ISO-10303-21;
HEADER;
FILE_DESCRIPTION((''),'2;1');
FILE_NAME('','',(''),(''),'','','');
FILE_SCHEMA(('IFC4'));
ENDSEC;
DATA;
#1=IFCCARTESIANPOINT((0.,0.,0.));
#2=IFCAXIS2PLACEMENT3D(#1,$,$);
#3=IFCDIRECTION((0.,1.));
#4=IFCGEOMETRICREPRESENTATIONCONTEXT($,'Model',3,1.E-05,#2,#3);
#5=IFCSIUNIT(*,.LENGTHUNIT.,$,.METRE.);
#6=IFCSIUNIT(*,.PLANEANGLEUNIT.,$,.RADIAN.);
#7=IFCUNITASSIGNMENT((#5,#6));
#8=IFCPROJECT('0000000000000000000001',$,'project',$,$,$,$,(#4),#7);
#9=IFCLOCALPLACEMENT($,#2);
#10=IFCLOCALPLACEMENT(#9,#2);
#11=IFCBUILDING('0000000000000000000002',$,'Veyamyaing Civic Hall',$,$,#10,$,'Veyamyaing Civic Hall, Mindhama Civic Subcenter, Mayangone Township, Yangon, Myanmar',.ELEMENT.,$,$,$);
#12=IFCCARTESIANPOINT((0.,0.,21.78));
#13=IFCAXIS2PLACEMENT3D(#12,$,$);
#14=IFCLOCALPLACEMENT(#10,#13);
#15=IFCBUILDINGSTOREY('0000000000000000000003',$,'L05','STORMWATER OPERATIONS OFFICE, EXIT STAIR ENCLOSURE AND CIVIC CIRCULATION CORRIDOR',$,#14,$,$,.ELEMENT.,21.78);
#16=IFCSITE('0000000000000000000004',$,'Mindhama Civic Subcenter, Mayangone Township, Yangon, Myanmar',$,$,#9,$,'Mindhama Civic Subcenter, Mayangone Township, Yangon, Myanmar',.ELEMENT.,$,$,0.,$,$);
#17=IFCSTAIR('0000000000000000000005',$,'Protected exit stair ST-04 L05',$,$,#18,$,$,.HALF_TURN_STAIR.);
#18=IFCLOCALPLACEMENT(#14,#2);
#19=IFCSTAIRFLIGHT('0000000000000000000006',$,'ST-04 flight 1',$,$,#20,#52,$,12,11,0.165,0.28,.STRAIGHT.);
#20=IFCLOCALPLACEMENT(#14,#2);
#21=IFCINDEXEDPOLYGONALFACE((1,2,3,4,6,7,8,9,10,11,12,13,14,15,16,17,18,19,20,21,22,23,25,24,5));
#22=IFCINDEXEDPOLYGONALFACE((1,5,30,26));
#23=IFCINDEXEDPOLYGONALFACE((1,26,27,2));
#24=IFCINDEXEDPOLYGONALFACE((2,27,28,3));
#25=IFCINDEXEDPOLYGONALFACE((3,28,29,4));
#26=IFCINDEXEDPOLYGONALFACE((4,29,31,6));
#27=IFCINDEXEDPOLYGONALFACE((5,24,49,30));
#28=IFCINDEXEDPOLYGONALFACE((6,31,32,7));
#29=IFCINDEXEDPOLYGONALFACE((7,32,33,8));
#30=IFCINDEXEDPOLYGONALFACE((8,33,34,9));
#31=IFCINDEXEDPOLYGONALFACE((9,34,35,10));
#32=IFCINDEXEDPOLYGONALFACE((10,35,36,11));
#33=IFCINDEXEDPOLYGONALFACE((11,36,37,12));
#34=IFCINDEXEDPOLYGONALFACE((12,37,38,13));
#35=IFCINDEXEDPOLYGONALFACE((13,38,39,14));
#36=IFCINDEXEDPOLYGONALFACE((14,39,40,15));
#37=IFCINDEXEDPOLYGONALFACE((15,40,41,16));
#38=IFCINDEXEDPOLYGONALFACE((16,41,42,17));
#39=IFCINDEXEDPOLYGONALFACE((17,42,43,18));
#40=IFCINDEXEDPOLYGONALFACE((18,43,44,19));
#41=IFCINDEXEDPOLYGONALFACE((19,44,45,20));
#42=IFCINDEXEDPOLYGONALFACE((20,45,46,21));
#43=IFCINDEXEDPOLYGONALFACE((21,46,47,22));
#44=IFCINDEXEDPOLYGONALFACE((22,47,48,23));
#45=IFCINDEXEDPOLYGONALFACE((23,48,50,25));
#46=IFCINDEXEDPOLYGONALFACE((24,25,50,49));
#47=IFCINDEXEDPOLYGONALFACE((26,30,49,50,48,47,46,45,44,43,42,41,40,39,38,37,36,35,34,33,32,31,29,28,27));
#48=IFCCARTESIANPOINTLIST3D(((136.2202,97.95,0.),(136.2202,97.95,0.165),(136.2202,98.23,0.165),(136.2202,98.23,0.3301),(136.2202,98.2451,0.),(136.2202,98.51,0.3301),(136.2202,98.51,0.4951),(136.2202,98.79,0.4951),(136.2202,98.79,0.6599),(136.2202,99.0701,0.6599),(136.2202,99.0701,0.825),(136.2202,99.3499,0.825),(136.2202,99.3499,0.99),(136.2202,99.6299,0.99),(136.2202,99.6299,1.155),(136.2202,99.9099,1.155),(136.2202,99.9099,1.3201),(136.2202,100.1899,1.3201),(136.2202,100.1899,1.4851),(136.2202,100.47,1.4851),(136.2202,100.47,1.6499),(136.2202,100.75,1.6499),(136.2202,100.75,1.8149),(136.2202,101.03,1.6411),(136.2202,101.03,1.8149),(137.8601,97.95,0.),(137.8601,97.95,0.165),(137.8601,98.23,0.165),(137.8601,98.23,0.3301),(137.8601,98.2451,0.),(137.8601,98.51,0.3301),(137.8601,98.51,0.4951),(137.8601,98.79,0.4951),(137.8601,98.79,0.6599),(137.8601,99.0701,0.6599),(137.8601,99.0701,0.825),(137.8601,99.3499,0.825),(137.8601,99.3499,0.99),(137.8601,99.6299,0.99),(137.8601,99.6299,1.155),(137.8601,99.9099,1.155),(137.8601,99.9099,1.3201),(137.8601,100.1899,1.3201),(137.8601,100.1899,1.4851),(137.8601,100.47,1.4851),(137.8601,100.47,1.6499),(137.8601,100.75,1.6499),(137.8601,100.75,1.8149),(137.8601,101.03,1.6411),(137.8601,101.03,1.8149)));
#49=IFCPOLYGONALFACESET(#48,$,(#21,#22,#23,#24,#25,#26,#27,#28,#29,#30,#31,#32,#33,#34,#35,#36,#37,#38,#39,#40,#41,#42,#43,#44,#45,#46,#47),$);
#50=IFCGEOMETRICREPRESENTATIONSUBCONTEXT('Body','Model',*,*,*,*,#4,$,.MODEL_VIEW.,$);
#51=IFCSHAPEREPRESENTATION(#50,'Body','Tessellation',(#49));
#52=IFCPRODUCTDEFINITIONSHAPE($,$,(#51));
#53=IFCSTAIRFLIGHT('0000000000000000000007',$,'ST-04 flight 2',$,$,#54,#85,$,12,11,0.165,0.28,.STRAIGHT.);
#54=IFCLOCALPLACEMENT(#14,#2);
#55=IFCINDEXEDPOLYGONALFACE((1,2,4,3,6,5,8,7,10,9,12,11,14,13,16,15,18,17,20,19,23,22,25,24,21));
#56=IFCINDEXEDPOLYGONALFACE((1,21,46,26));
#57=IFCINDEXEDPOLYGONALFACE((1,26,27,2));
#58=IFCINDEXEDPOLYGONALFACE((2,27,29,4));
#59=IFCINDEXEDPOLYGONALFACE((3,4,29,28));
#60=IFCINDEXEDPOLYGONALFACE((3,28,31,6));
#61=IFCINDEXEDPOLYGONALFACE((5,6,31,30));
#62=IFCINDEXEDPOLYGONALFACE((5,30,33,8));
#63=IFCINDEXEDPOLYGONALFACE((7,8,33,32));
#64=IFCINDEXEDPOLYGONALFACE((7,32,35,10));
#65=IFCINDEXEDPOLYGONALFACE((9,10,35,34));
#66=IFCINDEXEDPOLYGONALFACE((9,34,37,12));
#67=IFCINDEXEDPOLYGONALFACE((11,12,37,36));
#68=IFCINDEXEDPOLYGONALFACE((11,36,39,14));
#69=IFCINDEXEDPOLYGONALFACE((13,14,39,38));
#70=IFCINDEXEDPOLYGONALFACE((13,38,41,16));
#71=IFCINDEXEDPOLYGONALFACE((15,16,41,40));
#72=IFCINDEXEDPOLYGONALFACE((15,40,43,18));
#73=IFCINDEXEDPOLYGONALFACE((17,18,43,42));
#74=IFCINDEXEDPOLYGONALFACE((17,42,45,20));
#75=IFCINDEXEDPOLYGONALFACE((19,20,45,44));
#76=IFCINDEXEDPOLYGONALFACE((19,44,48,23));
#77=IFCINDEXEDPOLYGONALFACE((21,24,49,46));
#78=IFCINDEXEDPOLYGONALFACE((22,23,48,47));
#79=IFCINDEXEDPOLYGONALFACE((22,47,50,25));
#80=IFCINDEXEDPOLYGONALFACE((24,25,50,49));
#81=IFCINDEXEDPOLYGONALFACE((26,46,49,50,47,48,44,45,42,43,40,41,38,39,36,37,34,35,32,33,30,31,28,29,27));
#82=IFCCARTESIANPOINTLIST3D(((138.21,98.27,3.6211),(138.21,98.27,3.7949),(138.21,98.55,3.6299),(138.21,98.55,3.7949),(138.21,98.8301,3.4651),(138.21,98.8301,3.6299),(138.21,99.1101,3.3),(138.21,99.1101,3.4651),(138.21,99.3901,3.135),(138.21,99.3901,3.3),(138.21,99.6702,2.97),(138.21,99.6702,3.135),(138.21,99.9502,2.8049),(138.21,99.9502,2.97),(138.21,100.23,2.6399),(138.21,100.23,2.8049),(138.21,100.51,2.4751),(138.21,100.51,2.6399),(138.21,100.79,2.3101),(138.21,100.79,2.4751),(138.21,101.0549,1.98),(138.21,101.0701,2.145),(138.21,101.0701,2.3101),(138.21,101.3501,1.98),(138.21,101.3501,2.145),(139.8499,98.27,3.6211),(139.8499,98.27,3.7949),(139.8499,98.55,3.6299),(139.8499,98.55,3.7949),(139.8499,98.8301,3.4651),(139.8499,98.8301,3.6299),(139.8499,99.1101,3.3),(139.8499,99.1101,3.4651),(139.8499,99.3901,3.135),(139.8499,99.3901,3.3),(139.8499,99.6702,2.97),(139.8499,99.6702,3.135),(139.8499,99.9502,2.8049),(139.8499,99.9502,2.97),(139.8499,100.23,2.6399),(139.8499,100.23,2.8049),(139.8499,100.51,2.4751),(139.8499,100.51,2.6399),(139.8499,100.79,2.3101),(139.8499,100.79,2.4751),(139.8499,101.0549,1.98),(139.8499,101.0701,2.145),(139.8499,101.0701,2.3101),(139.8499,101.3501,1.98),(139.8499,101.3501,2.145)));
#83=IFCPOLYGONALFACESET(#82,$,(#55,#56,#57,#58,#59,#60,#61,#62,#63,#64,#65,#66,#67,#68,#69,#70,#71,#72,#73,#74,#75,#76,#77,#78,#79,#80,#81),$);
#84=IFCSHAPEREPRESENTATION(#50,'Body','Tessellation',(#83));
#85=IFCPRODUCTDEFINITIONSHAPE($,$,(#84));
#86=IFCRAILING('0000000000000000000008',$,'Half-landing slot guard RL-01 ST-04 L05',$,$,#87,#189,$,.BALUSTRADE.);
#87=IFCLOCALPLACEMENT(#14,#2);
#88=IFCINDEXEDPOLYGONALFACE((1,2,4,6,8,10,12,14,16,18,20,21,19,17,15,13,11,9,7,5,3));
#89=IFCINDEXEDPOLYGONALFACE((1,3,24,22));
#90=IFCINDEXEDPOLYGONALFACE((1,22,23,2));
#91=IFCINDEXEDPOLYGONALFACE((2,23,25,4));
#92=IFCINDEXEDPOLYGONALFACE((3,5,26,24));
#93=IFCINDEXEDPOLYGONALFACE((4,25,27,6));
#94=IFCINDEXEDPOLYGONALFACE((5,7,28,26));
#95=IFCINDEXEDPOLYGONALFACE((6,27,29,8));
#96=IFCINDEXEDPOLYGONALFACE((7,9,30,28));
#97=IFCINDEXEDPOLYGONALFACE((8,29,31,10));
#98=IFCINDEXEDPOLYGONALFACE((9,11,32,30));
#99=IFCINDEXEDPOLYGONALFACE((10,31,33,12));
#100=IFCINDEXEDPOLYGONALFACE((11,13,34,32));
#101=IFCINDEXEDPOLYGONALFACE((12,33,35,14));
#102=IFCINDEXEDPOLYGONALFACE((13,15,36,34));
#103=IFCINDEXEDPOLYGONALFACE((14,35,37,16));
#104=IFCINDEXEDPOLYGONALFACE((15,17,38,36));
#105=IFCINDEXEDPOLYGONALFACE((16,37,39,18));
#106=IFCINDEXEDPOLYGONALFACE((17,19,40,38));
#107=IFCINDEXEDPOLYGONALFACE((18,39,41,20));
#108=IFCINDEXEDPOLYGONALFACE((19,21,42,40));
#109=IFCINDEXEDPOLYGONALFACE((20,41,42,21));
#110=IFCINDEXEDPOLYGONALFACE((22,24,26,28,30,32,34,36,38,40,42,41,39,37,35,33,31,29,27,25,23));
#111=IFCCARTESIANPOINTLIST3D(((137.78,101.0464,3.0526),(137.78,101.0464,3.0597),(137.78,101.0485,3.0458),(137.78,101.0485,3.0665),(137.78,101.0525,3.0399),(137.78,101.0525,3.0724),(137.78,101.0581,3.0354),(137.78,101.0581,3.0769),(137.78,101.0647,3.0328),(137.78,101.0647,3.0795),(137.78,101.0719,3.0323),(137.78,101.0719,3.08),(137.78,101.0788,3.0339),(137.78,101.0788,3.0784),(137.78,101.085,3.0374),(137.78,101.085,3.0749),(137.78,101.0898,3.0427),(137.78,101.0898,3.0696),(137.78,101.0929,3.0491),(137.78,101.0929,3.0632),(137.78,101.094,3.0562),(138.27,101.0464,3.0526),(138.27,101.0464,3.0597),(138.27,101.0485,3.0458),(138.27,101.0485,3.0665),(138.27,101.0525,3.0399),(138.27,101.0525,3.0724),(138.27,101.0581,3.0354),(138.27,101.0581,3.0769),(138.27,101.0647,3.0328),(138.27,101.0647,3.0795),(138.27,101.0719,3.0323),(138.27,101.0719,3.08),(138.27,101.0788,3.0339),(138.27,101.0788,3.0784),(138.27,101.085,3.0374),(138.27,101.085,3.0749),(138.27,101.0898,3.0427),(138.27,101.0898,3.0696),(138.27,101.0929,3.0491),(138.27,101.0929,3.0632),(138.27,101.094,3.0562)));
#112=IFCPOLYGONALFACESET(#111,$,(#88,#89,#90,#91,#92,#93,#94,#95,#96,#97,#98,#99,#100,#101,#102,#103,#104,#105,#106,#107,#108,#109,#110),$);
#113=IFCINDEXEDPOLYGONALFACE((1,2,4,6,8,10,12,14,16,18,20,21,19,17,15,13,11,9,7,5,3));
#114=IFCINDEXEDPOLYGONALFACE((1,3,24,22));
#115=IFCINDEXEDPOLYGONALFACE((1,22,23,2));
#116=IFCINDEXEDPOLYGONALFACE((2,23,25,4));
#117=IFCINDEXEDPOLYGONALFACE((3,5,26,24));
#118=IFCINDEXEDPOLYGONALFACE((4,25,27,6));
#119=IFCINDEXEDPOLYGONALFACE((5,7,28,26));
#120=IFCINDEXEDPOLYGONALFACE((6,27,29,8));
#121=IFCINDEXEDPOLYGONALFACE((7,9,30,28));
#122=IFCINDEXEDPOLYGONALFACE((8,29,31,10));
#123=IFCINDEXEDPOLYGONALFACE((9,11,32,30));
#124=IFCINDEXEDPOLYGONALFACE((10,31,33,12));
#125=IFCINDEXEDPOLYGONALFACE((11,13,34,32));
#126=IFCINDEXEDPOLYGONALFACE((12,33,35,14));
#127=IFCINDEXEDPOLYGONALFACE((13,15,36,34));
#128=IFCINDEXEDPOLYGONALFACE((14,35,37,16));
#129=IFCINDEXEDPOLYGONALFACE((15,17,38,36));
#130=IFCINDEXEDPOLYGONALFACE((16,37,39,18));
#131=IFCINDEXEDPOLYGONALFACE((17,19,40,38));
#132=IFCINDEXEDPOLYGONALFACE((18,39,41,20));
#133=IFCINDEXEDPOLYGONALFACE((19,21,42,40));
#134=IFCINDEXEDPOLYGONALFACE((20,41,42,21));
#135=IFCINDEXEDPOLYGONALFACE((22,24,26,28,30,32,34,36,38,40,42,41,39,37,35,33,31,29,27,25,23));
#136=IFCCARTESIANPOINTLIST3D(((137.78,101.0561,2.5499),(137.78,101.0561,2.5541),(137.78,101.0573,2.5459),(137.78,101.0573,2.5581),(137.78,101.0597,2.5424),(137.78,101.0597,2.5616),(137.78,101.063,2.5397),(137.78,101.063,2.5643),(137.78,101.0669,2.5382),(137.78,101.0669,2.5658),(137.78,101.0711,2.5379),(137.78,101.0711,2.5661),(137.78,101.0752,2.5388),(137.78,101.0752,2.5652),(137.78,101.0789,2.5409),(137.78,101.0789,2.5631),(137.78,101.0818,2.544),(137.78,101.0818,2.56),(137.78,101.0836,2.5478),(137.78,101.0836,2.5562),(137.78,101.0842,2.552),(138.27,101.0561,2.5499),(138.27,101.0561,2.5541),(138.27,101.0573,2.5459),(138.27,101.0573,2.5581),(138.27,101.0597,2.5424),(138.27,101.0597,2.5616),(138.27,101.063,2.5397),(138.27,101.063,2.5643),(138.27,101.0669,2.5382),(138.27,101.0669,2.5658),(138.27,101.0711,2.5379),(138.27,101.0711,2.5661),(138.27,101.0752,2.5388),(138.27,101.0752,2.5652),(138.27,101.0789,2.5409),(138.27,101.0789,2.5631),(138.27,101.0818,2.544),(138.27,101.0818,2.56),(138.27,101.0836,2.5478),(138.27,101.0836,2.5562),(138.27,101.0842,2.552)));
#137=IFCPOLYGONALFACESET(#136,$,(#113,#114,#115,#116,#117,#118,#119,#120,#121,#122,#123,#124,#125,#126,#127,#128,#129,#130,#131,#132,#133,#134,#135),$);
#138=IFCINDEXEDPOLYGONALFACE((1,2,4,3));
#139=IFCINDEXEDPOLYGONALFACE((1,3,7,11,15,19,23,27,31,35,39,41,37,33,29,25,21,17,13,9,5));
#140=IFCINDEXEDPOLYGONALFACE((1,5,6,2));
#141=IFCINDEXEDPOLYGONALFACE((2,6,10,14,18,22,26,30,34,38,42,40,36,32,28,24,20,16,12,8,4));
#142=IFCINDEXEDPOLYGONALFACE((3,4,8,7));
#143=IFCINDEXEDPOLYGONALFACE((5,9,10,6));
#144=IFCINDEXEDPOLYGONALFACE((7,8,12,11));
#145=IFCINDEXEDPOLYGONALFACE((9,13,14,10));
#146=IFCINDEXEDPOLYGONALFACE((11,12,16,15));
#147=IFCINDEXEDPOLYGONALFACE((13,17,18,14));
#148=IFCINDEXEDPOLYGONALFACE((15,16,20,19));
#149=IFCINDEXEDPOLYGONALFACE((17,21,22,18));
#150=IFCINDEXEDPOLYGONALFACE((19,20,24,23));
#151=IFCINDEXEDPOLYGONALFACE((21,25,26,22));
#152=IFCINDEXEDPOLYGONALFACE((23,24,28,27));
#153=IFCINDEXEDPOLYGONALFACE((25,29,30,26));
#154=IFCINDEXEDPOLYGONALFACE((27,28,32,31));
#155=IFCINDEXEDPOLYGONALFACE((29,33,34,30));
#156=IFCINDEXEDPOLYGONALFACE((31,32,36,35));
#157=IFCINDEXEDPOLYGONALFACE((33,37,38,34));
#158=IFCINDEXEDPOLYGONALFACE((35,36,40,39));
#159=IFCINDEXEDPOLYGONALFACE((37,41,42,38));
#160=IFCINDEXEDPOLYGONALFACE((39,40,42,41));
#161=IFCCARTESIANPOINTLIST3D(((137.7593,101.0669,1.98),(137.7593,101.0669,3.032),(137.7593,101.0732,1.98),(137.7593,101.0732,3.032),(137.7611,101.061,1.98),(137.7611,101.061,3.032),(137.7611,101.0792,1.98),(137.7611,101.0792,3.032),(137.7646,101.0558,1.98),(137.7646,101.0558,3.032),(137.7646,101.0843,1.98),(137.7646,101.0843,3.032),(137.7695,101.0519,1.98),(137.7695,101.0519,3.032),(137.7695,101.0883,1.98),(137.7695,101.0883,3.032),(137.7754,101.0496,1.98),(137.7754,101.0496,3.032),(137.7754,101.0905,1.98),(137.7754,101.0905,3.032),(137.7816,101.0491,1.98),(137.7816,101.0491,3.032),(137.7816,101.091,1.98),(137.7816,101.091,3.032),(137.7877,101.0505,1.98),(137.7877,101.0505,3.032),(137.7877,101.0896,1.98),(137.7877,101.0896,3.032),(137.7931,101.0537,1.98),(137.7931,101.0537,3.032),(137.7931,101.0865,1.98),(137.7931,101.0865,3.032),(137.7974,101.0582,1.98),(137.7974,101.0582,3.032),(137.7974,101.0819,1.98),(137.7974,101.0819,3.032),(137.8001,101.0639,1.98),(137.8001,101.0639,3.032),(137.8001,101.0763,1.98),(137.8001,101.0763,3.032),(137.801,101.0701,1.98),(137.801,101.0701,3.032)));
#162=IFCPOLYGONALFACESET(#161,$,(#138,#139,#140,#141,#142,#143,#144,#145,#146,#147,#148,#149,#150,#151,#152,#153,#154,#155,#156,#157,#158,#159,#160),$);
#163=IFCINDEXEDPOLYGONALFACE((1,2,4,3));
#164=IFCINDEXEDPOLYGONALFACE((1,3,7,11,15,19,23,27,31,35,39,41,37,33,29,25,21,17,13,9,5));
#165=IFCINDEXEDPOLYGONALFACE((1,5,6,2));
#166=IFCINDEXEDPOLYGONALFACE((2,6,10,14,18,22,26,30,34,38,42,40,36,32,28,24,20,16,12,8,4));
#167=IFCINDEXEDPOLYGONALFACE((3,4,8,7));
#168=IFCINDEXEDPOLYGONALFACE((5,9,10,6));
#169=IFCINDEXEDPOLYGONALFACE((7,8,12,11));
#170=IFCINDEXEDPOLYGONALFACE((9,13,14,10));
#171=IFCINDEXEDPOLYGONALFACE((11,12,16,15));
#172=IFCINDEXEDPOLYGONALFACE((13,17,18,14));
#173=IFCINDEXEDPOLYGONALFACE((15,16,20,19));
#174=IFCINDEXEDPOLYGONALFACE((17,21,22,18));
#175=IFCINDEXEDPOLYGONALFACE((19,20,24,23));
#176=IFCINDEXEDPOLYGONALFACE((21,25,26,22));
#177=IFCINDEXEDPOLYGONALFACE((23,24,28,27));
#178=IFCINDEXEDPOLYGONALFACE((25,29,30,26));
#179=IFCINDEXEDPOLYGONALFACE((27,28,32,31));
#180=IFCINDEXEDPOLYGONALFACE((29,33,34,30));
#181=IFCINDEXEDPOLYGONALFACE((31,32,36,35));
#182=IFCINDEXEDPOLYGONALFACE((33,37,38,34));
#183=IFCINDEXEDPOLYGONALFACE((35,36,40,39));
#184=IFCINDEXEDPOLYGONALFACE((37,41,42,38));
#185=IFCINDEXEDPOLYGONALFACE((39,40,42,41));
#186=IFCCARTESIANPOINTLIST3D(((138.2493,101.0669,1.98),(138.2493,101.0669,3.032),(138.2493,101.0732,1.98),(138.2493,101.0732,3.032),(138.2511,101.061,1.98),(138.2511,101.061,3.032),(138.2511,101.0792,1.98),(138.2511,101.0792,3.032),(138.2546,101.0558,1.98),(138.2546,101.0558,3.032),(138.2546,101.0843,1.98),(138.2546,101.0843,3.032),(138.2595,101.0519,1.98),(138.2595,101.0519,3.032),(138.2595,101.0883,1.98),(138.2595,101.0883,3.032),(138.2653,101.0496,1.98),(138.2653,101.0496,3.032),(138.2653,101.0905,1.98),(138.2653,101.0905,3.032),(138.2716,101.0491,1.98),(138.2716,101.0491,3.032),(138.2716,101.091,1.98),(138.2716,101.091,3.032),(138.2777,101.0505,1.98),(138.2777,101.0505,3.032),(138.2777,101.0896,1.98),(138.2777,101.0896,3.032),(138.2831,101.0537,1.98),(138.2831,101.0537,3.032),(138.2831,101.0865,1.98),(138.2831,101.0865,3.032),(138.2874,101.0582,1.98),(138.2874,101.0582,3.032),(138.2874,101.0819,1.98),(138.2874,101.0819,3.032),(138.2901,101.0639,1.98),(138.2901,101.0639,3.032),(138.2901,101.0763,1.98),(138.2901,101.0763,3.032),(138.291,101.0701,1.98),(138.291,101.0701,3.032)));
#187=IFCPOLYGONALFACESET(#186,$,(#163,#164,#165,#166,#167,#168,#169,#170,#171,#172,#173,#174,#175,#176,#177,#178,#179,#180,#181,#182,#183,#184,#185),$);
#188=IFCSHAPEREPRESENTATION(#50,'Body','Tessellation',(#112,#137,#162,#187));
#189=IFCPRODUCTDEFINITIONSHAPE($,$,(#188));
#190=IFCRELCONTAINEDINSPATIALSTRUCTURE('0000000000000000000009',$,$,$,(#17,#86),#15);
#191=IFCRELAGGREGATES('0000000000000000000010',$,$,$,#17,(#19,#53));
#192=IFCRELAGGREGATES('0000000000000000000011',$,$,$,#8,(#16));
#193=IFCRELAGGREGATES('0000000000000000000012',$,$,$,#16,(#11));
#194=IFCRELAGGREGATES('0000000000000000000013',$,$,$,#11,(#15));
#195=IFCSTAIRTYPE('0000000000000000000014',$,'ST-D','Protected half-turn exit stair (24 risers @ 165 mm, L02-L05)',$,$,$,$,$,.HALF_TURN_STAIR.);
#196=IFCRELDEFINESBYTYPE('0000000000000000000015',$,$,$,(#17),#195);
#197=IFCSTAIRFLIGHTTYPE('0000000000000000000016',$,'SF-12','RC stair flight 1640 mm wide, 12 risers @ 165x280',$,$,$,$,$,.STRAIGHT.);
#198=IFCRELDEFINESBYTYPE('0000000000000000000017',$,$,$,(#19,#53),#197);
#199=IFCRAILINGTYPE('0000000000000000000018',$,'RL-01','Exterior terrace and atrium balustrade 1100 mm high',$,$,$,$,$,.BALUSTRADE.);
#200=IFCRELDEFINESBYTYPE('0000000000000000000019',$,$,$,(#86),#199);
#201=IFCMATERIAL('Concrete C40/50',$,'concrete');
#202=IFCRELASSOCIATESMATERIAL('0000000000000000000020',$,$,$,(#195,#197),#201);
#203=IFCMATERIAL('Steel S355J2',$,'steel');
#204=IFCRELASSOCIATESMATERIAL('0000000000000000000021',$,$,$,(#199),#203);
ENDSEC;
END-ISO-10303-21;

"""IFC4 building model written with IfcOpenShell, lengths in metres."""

from ifc_helpers import new_model, si_unit, direction, frame, origin, origin_2d, place, context, subcontext, project, spatial, polyline, circle, outline, extrude, material, type_object, element, aggregate, save


model = new_model("IFC4")

# Units and contexts
model_context = context("Model", 3, precision=1e-05, world=origin(), true_north=direction((0.0, 1.0)))
body_context = subcontext(model_context, "Body", "Model", "MODEL_VIEW")
ifc_project = project(units=[si_unit("LENGTHUNIT", "METRE"), si_unit("PLANEANGLEUNIT", "RADIAN")], contexts=[model_context])

# Site, building, storey
site_placement = place(None, origin())
site = spatial("IfcSite", under=ifc_project, at=site_placement, Name="Mindhama Civic Subcenter, Mayangone Township, Yangon, Myanmar", LongName="Mindhama Civic Subcenter, Mayangone Township, Yangon, Myanmar", CompositionType="ELEMENT", RefElevation=0.0)
building_placement = place(site_placement, origin())
building = spatial("IfcBuilding", under=site, at=building_placement, Name="Veyamyaing Civic Hall", LongName="Veyamyaing Civic Hall, Mindhama Civic Subcenter, Mayangone Township, Yangon, Myanmar", CompositionType="ELEMENT")
storey_placement = place(building_placement, frame((0.0, 0.0, 21.78)))
storey = spatial("IfcBuildingStorey", under=building, at=storey_placement, Name="L05", Description="STORMWATER OPERATIONS OFFICE, EXIT STAIR ENCLOSURE AND CIVIC CIRCULATION CORRIDOR", CompositionType="ELEMENT", Elevation=21.78)

# Shared definitions
ifc_material_1 = material(Name="Concrete C40/50", Category="concrete")

# Stair, stair flights
stair_type = type_object("IfcStairType", Name="ST-D", Description="Protected half-turn exit stair (24 risers @ 165 mm, L02-L05)", PredefinedType="HALF_TURN_STAIR", material=ifc_material_1)
stair_placement = place(storey_placement, origin())
stair = element("IfcStair", 1, at=stair_placement, inside=storey, type_object=stair_type, Name="Protected exit stair ST-04 L05", PredefinedType="HALF_TURN_STAIR")
stair_flight_type = type_object("IfcStairFlightType", Name="SF-12", Description="RC stair flight 1640 mm wide, 12 risers @ 165x280", PredefinedType="STRAIGHT", material=ifc_material_1)
stair_flight_1_placement = place(storey_placement, frame((137.04, 97.95, 0.0), z_axis=(0.0, 0.0, 1.0), x_axis=(0.0, 1.0, 0.0)))
stair_flight_1 = element("IfcStairFlight", 2, at=stair_flight_1_placement, type_object=stair_flight_type, Name="ST-04 flight 1", NumberOfRisers=12, NumberOfTreads=11, PredefinedType="STRAIGHT", RiserHeight=0.165, TreadLength=0.28, context=body_context, shape_type="SweptSolid", body=[
    extrude(outline(polyline([(0.0, 0.0), (0.0, 0.165), (0.28, 0.165), (0.28, 0.3301), (0.5601, 0.3301), (0.5601, 0.4951), (0.8401, 0.4951), (0.8401, 0.6599), (1.1201, 0.6599), (1.1201, 0.825), (1.3999, 0.825), (1.3999, 0.99), (1.6799, 0.99), (1.6799, 1.155), (1.96, 1.155), (1.96, 1.3201), (2.24, 1.3201), (2.24, 1.4851), (2.52, 1.4851), (2.52, 1.6499), (2.8, 1.6499), (2.8, 1.8149), (3.0801, 1.8149), (3.0801, 1.98), (3.0801, 1.6411), (0.2952, 0.0), (0.0, 0.0)])), frame((0.0, 0.8198, 0.0), z_axis=(0.0, -1.0, 0.0), x_axis=(1.0, 0.0, 0.0)), (0.0, 0.0, 1.0), 1.6399),
])
stair_flight_2_placement = place(storey_placement, frame((139.03, 101.3501, 1.98), z_axis=(0.0, 0.0, 1.0), x_axis=(0.0, -1.0, 0.0)))
stair_flight_2 = element("IfcStairFlight", 3, at=stair_flight_2_placement, type_object=stair_flight_type, Name="ST-04 flight 2", NumberOfRisers=12, NumberOfTreads=11, PredefinedType="STRAIGHT", RiserHeight=0.165, TreadLength=0.28, context=body_context, shape_type="SweptSolid", body=[
    extrude(outline(polyline([(0.0, 0.0), (0.0, 0.165), (0.28, 0.165), (0.28, 0.3301), (0.5601, 0.3301), (0.5601, 0.4951), (0.8401, 0.4951), (0.8401, 0.6599), (1.1201, 0.6599), (1.1201, 0.825), (1.3999, 0.825), (1.3999, 0.99), (1.6799, 0.99), (1.6799, 1.155), (1.96, 1.155), (1.96, 1.3201), (2.24, 1.3201), (2.24, 1.4851), (2.52, 1.4851), (2.52, 1.6499), (2.8, 1.6499), (2.8, 1.8149), (3.0801, 1.8149), (3.0801, 1.98), (3.0801, 1.6411), (0.2952, 0.0), (0.0, 0.0)])), frame((0.0, 0.8198, 0.0), z_axis=(0.0, -1.0, 0.0), x_axis=(1.0, 0.0, 0.0)), (0.0, 0.0, 1.0), 1.6399),
])
aggregate(stair, [stair_flight_1, stair_flight_2])

# Railing
ifc_material_2 = material(Name="Steel S355J2", Category="steel")
railing_type_1 = type_object("IfcRailingType", Name="RL-01", Description="Exterior terrace and atrium balustrade 1100 mm high", PredefinedType="BALUSTRADE", material=ifc_material_2)
railing_1_placement = place(storey_placement, frame((137.78, 101.0701, 1.98)))
element("IfcRailing", 4, at=railing_1_placement, inside=storey, type_object=railing_type_1, Name="Half-landing slot guard RL-01 ST-04 L05", PredefinedType="BALUSTRADE", context=body_context, shape_type="SweptSolid", body=[
    extrude(circle(Radius=0.0239, at=origin_2d()), frame((0.0, 0.0, 1.0762), z_axis=(1.0, 0.0, 0.0), x_axis=(0.0, 1.0, 0.0)), (0.0, 0.0, 1.0), 0.49),
    extrude(circle(Radius=0.0142, at=origin_2d()), frame((0.0, 0.0, 0.572), z_axis=(1.0, 0.0, 0.0), x_axis=(0.0, 1.0, 0.0)), (0.0, 0.0, 1.0), 0.49),
    extrude(circle(Radius=0.021, at=origin_2d()), origin(), (0.0, 0.0, 1.0), 1.052),
    extrude(circle(Radius=0.021, at=origin_2d()), frame((0.49, 0.0, 0.0)), (0.0, 0.0, 1.0), 1.052),
])

save(model, "model.ifc")
